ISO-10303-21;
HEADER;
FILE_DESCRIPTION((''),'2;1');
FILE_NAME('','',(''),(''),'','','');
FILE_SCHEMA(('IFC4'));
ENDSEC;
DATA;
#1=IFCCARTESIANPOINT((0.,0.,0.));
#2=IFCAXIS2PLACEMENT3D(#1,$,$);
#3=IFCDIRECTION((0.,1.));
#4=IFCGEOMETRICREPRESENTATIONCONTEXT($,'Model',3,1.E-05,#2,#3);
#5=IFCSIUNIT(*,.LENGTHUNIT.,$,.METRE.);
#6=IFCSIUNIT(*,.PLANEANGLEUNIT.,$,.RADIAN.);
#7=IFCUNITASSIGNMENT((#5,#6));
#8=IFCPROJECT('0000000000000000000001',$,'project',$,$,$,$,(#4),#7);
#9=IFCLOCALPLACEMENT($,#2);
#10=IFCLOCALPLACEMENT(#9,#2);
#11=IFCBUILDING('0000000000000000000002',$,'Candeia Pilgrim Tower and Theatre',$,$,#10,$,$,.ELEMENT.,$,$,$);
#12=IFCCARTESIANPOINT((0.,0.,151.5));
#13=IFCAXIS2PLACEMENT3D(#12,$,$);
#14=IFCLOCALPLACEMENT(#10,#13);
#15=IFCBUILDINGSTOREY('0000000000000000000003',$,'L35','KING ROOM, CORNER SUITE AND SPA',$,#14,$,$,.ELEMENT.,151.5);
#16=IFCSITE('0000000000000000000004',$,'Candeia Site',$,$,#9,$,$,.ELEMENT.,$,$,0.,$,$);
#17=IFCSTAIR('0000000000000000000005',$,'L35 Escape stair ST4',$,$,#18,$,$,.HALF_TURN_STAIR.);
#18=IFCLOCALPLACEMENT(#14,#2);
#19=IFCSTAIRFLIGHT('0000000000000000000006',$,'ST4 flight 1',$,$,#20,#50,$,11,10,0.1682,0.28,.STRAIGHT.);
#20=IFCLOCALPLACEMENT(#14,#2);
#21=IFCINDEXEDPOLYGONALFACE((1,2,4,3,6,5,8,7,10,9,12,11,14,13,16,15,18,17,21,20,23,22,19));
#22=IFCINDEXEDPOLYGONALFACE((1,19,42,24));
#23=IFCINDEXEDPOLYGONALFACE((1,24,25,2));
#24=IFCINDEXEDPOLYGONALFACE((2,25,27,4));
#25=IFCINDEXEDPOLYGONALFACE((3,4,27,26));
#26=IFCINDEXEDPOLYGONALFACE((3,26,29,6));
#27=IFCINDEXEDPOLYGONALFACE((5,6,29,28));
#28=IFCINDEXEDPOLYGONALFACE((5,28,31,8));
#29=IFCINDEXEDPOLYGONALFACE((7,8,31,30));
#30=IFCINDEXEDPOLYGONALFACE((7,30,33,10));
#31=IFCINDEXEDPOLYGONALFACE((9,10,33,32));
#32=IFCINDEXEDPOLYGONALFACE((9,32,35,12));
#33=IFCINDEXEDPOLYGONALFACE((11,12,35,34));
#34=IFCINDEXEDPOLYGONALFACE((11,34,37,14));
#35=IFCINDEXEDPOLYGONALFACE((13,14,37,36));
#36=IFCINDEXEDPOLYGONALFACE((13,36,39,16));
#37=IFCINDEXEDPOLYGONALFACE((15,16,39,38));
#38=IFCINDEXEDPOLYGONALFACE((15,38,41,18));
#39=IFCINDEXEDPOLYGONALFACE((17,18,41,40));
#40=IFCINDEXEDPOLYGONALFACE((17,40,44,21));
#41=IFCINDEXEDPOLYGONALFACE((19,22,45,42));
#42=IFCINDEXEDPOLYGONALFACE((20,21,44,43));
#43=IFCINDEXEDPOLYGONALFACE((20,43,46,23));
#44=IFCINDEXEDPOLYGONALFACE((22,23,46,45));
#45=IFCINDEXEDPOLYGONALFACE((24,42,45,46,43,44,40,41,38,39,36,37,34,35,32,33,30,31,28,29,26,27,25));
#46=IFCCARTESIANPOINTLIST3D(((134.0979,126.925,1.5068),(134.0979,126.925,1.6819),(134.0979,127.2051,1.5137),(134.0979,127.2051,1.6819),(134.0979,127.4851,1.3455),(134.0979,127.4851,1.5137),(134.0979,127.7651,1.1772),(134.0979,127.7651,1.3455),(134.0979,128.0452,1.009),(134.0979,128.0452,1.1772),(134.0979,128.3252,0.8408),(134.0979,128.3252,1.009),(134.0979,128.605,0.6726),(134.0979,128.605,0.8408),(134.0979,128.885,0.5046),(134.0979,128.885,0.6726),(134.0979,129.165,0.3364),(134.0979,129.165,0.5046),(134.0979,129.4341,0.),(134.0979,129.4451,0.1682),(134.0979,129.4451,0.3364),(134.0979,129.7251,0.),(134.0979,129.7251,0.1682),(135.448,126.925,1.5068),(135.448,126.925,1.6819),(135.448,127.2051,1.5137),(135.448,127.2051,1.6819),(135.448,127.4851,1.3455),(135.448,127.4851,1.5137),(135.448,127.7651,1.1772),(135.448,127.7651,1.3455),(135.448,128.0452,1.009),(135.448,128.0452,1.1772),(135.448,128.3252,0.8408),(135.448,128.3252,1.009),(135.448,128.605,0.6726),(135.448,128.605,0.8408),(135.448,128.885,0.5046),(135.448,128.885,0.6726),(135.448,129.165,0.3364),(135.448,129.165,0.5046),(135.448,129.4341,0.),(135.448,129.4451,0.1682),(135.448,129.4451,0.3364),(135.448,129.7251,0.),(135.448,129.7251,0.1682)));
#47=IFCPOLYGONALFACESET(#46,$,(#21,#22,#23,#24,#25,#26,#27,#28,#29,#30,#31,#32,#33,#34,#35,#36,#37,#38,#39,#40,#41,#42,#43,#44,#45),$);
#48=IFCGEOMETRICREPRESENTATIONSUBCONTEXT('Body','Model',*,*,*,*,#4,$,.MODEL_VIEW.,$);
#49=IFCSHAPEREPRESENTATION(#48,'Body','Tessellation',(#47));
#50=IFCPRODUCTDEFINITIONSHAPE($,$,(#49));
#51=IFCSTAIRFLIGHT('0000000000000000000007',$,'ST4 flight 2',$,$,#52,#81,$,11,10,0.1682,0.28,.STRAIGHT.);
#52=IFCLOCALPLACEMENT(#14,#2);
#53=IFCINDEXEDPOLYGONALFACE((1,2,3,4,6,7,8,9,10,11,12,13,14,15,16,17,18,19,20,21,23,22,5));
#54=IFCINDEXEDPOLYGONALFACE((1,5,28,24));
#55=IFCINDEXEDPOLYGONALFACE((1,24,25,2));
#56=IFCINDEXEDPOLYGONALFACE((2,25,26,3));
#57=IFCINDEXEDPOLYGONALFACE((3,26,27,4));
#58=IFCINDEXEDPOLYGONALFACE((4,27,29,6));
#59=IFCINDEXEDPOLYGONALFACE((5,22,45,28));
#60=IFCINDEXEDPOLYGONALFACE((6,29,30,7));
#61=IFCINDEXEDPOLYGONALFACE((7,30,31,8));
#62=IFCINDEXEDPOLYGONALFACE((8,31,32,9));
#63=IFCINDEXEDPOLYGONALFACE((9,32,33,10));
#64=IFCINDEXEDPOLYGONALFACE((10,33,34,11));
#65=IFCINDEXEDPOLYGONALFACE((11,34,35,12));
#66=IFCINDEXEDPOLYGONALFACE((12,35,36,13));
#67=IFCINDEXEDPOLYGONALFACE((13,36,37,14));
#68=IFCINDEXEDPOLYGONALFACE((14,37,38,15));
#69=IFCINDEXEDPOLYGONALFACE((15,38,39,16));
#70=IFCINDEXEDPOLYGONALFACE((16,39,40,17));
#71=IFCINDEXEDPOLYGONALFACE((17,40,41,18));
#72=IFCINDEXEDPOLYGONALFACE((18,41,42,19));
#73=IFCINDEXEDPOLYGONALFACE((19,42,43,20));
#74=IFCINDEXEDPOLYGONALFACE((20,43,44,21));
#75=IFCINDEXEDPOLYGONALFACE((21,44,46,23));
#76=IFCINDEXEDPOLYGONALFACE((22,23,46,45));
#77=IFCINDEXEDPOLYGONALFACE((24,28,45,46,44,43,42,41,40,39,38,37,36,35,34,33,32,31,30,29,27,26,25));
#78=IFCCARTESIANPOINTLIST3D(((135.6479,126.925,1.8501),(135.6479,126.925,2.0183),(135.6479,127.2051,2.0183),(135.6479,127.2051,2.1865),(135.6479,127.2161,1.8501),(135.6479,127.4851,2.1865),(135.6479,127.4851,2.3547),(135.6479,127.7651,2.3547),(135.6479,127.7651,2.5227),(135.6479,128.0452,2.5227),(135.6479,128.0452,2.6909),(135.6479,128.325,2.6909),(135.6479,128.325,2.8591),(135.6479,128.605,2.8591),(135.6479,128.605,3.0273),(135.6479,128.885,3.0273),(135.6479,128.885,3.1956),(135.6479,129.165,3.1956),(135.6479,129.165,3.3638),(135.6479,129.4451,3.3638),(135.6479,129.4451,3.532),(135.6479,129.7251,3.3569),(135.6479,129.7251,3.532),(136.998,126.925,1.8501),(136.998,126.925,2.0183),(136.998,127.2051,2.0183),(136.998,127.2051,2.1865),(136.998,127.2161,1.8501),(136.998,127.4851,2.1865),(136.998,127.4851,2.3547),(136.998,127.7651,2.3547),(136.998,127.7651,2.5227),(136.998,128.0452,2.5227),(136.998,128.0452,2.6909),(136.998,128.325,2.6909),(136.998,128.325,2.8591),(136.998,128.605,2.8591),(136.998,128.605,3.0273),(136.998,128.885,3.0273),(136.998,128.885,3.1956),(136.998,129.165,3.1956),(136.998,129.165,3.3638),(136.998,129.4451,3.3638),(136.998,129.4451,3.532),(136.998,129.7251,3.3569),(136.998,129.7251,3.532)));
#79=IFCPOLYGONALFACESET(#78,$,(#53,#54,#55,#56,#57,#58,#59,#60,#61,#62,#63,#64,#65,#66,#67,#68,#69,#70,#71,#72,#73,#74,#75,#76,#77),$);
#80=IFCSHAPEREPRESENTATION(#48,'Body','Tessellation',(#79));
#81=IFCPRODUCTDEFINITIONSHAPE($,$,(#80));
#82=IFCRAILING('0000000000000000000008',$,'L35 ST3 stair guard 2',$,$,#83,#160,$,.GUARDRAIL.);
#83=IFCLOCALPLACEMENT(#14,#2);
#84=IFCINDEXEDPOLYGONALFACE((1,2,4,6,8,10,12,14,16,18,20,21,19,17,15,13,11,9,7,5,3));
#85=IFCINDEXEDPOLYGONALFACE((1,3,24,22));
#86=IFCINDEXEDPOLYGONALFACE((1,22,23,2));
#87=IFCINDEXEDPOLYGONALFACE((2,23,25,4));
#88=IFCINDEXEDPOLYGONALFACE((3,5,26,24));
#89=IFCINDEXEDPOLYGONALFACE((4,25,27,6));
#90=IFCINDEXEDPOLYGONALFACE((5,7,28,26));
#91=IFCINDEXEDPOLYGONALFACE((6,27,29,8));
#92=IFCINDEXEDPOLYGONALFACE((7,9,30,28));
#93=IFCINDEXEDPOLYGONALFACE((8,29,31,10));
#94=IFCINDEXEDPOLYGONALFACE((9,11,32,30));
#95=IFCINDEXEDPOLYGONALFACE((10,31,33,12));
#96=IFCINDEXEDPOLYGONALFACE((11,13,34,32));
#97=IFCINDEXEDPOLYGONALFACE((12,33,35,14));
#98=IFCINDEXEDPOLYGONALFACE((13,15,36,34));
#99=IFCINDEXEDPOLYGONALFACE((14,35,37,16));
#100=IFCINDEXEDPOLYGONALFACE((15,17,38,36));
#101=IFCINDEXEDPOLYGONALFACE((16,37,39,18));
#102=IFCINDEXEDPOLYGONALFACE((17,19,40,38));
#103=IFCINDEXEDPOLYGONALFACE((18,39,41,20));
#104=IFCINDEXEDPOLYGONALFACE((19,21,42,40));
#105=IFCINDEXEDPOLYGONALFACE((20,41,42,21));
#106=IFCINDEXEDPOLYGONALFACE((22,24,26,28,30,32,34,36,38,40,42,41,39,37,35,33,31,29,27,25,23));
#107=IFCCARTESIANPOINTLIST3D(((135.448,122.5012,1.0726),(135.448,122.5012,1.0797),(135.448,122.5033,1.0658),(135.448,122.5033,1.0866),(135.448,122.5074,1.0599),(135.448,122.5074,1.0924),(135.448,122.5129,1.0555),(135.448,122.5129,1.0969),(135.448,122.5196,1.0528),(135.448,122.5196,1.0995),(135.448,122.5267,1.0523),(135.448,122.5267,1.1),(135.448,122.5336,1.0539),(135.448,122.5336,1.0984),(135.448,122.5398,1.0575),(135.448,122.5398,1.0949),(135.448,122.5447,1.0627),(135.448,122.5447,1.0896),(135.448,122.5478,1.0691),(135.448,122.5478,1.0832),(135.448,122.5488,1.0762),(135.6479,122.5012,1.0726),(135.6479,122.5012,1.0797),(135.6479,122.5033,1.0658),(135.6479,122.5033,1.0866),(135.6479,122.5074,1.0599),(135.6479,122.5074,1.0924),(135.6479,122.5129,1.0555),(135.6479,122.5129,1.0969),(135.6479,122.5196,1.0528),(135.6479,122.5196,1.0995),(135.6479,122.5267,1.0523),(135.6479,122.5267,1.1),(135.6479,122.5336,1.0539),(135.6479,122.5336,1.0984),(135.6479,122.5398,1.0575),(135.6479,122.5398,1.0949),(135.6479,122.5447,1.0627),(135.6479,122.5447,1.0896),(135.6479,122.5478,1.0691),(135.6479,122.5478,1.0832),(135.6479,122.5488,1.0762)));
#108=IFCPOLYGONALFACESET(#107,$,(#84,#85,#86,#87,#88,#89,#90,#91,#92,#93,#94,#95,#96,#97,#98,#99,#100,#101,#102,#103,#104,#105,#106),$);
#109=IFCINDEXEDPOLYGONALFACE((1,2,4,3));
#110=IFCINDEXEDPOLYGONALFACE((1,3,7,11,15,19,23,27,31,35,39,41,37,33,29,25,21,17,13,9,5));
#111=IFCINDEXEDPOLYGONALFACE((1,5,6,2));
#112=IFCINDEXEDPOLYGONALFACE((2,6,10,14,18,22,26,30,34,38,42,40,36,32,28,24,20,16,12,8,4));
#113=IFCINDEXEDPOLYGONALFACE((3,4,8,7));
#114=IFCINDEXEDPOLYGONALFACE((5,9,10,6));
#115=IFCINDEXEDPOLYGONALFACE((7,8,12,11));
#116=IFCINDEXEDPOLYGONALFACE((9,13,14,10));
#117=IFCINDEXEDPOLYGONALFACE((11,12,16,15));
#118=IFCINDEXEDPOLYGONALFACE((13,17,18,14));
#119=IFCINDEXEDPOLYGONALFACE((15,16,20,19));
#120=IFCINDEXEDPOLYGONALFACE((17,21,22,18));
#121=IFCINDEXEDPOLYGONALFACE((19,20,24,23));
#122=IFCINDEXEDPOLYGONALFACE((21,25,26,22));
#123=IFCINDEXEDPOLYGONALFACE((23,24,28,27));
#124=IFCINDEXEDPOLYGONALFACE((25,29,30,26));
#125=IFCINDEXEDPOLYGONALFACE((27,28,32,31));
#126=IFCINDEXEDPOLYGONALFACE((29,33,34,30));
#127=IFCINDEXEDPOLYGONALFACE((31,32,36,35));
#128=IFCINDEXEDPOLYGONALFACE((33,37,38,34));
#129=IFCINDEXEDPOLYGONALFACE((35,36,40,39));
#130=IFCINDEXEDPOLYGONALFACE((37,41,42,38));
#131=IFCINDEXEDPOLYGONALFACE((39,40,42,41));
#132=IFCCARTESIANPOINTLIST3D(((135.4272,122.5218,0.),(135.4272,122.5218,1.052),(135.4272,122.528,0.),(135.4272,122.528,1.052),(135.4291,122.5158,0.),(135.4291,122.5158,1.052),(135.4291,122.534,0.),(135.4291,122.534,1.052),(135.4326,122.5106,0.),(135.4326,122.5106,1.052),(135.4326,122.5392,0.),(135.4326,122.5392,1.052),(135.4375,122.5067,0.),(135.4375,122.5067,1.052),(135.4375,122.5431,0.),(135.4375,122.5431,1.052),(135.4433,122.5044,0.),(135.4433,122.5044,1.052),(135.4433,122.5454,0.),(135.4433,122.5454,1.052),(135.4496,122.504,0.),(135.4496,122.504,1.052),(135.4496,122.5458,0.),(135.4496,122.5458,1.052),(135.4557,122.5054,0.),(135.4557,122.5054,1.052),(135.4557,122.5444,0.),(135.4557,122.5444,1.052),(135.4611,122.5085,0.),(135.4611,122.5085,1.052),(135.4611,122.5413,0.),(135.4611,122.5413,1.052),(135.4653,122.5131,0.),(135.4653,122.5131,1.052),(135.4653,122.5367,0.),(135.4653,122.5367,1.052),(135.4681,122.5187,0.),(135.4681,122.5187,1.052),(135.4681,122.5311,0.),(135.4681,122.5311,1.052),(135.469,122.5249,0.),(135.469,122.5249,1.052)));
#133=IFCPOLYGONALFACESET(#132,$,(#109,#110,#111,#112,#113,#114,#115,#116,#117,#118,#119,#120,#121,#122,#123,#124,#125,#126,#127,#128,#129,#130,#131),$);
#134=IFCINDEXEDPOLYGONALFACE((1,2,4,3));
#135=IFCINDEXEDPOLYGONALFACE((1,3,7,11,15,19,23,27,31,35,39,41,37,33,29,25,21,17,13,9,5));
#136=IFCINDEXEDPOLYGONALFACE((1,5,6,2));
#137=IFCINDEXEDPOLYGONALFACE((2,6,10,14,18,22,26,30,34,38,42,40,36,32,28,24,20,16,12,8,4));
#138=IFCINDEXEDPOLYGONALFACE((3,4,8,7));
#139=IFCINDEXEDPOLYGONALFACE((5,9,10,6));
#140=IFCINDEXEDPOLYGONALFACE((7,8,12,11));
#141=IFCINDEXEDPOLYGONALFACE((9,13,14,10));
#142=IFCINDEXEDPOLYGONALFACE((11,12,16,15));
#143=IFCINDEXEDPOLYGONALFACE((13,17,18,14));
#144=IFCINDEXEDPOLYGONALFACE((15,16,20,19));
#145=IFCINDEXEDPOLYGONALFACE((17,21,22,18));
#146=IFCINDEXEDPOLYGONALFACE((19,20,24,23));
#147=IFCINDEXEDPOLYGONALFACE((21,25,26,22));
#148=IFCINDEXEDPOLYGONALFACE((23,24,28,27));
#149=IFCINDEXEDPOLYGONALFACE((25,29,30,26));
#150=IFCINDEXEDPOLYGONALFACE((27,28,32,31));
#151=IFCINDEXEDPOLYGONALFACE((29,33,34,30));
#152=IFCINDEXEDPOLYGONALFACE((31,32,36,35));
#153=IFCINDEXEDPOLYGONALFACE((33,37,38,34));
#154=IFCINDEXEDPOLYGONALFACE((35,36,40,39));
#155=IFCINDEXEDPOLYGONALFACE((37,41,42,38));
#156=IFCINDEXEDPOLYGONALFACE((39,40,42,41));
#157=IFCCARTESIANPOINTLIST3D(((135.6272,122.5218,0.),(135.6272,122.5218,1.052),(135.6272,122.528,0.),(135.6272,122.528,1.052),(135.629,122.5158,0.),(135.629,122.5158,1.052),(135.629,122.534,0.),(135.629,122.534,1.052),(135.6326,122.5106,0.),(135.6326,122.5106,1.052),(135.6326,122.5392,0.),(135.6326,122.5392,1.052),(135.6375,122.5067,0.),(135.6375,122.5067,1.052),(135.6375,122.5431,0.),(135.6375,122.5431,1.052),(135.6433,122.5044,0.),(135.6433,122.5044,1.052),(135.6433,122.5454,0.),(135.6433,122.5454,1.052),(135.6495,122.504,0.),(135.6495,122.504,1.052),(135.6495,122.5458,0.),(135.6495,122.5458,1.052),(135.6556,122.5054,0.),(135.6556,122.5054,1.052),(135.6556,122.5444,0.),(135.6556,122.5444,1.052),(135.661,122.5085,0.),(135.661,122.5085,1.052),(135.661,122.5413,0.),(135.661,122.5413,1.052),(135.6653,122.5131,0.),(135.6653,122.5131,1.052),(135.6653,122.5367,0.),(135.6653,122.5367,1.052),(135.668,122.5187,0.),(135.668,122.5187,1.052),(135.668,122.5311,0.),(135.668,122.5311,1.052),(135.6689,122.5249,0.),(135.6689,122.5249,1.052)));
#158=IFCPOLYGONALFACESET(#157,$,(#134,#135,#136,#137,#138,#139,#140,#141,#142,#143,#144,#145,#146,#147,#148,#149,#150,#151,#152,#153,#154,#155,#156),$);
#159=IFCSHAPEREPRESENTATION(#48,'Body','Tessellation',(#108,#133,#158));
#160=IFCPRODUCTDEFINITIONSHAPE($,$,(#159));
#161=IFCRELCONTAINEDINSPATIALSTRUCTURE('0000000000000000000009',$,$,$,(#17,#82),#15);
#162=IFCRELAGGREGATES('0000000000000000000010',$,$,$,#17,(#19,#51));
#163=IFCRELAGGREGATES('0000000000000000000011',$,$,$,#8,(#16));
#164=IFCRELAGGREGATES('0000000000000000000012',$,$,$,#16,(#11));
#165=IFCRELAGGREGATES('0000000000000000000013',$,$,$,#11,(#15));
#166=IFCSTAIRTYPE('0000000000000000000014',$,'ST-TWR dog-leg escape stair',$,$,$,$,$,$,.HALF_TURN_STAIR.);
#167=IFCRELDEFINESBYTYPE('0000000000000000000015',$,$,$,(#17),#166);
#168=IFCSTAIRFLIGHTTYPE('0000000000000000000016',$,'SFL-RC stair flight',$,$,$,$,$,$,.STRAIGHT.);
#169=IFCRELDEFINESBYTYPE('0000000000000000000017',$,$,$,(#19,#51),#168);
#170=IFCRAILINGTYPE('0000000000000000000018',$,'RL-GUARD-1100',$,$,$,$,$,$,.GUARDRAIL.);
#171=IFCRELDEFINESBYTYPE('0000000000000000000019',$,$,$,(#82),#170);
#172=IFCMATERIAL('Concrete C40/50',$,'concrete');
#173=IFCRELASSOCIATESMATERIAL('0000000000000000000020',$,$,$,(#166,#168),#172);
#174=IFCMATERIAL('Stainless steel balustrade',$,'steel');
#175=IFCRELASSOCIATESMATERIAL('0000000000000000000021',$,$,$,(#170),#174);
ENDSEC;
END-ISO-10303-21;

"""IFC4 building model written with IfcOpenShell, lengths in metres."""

from ifc_helpers import new_model, si_unit, direction, frame, origin, origin_2d, place, context, subcontext, project, spatial, polyline, circle, outline, extrude, material, type_object, element, aggregate, save


model = new_model("IFC4")

# Units and contexts
model_context = context("Model", 3, precision=1e-05, world=origin(), true_north=direction((0.0, 1.0)))
body_context = subcontext(model_context, "Body", "Model", "MODEL_VIEW")
ifc_project = project(units=[si_unit("LENGTHUNIT", "METRE"), si_unit("PLANEANGLEUNIT", "RADIAN")], contexts=[model_context])

# Site, building, storey
site_placement = place(None, origin())
site = spatial("IfcSite", under=ifc_project, at=site_placement, Name="Candeia Site", CompositionType="ELEMENT", RefElevation=0.0)
building_placement = place(site_placement, origin())
building = spatial("IfcBuilding", under=site, at=building_placement, Name="Candeia Pilgrim Tower and Theatre", CompositionType="ELEMENT")
storey_placement = place(building_placement, frame((0.0, 0.0, 151.5)))
storey = spatial("IfcBuildingStorey", under=building, at=storey_placement, Name="L35", Description="KING ROOM, CORNER SUITE AND SPA", CompositionType="ELEMENT", Elevation=151.5)

# Shared definitions
ifc_material_1 = material(Name="Concrete C40/50", Category="concrete")

# Stair, stair flights
stair_type = type_object("IfcStairType", Name="ST-TWR dog-leg escape stair", PredefinedType="HALF_TURN_STAIR", material=ifc_material_1)
stair_flight_type = type_object("IfcStairFlightType", Name="SFL-RC stair flight", PredefinedType="STRAIGHT", material=ifc_material_1)
stair_1_placement = place(storey_placement, origin())
stair_1 = element("IfcStair", 1, at=stair_1_placement, inside=storey, type_object=stair_type, Name="L35 Escape stair ST4", PredefinedType="HALF_TURN_STAIR")
stair_flight_1_placement = place(storey_placement, frame((134.7729, 129.7251, 0.0), z_axis=(0.0, 0.0, 1.0), x_axis=(0.0, -1.0, 0.0)))
stair_flight_1 = element("IfcStairFlight", 2, at=stair_flight_1_placement, type_object=stair_flight_type, Name="ST4 flight 1", NumberOfRisers=11, NumberOfTreads=10, PredefinedType="STRAIGHT", RiserHeight=0.1682, TreadLength=0.28, context=body_context, shape_type="SweptSolid", body=[
    extrude(outline(polyline([(0.0, 0.0), (0.0, 0.1682), (0.28, 0.1682), (0.28, 0.3364), (0.5601, 0.3364), (0.5601, 0.5046), (0.8401, 0.5046), (0.8401, 0.6726), (1.1201, 0.6726), (1.1201, 0.8408), (1.3999, 0.8408), (1.3999, 1.009), (1.6799, 1.009), (1.6799, 1.1772), (1.96, 1.1772), (1.96, 1.3455), (2.24, 1.3455), (2.24, 1.5137), (2.52, 1.5137), (2.52, 1.6819), (2.8, 1.6819), (2.8, 1.8501), (2.8, 1.5068), (0.291, 0.0), (0.0, 0.0)])), frame((0.0, 0.675, 0.0), z_axis=(0.0, -1.0, 0.0), x_axis=(1.0, 0.0, 0.0)), (0.0, 0.0, 1.0), 1.3501),
])
stair_flight_2_placement = place(storey_placement, frame((136.323, 126.925, 1.8501), z_axis=(0.0, 0.0, 1.0), x_axis=(0.0, 1.0, 0.0)))
stair_flight_2 = element("IfcStairFlight", 3, at=stair_flight_2_placement, type_object=stair_flight_type, Name="ST4 flight 2", NumberOfRisers=11, NumberOfTreads=10, PredefinedType="STRAIGHT", RiserHeight=0.1682, TreadLength=0.28, context=body_context, shape_type="SweptSolid", body=[
    extrude(outline(polyline([(0.0, 0.0), (0.0, 0.1682), (0.28, 0.1682), (0.28, 0.3364), (0.5601, 0.3364), (0.5601, 0.5046), (0.8401, 0.5046), (0.8401, 0.6726), (1.1201, 0.6726), (1.1201, 0.8408), (1.3999, 0.8408), (1.3999, 1.009), (1.6799, 1.009), (1.6799, 1.1772), (1.96, 1.1772), (1.96, 1.3455), (2.24, 1.3455), (2.24, 1.5137), (2.52, 1.5137), (2.52, 1.6819), (2.8, 1.6819), (2.8, 1.8501), (2.8, 1.5068), (0.291, 0.0), (0.0, 0.0)])), frame((0.0, 0.675, 0.0), z_axis=(0.0, -1.0, 0.0), x_axis=(1.0, 0.0, 0.0)), (0.0, 0.0, 1.0), 1.3501),
])
aggregate(stair_1, [stair_flight_1, stair_flight_2])

# Railing
ifc_material_2 = material(Name="Stainless steel balustrade", Category="steel")
railing_type_1 = type_object("IfcRailingType", Name="RL-GUARD-1100", PredefinedType="GUARDRAIL", material=ifc_material_2)
railing_1_placement = place(storey_placement, frame((135.448, 122.5249, 0.0)))
element("IfcRailing", 4, at=railing_1_placement, inside=storey, type_object=railing_type_1, Name="L35 ST3 stair guard 2", PredefinedType="GUARDRAIL", context=body_context, shape_type="SweptSolid", body=[
    extrude(circle(Radius=0.0239, at=origin_2d()), frame((0.0, 0.0, 1.0762), z_axis=(1.0, 0.0, 0.0), x_axis=(0.0, 1.0, 0.0)), (0.0, 0.0, 1.0), 0.2),
    extrude(circle(Radius=0.021, at=origin_2d()), origin(), (0.0, 0.0, 1.0), 1.052),
    extrude(circle(Radius=0.021, at=origin_2d()), frame((0.2, 0.0, 0.0)), (0.0, 0.0, 1.0), 1.052),
])

save(model, "model.ifc")
